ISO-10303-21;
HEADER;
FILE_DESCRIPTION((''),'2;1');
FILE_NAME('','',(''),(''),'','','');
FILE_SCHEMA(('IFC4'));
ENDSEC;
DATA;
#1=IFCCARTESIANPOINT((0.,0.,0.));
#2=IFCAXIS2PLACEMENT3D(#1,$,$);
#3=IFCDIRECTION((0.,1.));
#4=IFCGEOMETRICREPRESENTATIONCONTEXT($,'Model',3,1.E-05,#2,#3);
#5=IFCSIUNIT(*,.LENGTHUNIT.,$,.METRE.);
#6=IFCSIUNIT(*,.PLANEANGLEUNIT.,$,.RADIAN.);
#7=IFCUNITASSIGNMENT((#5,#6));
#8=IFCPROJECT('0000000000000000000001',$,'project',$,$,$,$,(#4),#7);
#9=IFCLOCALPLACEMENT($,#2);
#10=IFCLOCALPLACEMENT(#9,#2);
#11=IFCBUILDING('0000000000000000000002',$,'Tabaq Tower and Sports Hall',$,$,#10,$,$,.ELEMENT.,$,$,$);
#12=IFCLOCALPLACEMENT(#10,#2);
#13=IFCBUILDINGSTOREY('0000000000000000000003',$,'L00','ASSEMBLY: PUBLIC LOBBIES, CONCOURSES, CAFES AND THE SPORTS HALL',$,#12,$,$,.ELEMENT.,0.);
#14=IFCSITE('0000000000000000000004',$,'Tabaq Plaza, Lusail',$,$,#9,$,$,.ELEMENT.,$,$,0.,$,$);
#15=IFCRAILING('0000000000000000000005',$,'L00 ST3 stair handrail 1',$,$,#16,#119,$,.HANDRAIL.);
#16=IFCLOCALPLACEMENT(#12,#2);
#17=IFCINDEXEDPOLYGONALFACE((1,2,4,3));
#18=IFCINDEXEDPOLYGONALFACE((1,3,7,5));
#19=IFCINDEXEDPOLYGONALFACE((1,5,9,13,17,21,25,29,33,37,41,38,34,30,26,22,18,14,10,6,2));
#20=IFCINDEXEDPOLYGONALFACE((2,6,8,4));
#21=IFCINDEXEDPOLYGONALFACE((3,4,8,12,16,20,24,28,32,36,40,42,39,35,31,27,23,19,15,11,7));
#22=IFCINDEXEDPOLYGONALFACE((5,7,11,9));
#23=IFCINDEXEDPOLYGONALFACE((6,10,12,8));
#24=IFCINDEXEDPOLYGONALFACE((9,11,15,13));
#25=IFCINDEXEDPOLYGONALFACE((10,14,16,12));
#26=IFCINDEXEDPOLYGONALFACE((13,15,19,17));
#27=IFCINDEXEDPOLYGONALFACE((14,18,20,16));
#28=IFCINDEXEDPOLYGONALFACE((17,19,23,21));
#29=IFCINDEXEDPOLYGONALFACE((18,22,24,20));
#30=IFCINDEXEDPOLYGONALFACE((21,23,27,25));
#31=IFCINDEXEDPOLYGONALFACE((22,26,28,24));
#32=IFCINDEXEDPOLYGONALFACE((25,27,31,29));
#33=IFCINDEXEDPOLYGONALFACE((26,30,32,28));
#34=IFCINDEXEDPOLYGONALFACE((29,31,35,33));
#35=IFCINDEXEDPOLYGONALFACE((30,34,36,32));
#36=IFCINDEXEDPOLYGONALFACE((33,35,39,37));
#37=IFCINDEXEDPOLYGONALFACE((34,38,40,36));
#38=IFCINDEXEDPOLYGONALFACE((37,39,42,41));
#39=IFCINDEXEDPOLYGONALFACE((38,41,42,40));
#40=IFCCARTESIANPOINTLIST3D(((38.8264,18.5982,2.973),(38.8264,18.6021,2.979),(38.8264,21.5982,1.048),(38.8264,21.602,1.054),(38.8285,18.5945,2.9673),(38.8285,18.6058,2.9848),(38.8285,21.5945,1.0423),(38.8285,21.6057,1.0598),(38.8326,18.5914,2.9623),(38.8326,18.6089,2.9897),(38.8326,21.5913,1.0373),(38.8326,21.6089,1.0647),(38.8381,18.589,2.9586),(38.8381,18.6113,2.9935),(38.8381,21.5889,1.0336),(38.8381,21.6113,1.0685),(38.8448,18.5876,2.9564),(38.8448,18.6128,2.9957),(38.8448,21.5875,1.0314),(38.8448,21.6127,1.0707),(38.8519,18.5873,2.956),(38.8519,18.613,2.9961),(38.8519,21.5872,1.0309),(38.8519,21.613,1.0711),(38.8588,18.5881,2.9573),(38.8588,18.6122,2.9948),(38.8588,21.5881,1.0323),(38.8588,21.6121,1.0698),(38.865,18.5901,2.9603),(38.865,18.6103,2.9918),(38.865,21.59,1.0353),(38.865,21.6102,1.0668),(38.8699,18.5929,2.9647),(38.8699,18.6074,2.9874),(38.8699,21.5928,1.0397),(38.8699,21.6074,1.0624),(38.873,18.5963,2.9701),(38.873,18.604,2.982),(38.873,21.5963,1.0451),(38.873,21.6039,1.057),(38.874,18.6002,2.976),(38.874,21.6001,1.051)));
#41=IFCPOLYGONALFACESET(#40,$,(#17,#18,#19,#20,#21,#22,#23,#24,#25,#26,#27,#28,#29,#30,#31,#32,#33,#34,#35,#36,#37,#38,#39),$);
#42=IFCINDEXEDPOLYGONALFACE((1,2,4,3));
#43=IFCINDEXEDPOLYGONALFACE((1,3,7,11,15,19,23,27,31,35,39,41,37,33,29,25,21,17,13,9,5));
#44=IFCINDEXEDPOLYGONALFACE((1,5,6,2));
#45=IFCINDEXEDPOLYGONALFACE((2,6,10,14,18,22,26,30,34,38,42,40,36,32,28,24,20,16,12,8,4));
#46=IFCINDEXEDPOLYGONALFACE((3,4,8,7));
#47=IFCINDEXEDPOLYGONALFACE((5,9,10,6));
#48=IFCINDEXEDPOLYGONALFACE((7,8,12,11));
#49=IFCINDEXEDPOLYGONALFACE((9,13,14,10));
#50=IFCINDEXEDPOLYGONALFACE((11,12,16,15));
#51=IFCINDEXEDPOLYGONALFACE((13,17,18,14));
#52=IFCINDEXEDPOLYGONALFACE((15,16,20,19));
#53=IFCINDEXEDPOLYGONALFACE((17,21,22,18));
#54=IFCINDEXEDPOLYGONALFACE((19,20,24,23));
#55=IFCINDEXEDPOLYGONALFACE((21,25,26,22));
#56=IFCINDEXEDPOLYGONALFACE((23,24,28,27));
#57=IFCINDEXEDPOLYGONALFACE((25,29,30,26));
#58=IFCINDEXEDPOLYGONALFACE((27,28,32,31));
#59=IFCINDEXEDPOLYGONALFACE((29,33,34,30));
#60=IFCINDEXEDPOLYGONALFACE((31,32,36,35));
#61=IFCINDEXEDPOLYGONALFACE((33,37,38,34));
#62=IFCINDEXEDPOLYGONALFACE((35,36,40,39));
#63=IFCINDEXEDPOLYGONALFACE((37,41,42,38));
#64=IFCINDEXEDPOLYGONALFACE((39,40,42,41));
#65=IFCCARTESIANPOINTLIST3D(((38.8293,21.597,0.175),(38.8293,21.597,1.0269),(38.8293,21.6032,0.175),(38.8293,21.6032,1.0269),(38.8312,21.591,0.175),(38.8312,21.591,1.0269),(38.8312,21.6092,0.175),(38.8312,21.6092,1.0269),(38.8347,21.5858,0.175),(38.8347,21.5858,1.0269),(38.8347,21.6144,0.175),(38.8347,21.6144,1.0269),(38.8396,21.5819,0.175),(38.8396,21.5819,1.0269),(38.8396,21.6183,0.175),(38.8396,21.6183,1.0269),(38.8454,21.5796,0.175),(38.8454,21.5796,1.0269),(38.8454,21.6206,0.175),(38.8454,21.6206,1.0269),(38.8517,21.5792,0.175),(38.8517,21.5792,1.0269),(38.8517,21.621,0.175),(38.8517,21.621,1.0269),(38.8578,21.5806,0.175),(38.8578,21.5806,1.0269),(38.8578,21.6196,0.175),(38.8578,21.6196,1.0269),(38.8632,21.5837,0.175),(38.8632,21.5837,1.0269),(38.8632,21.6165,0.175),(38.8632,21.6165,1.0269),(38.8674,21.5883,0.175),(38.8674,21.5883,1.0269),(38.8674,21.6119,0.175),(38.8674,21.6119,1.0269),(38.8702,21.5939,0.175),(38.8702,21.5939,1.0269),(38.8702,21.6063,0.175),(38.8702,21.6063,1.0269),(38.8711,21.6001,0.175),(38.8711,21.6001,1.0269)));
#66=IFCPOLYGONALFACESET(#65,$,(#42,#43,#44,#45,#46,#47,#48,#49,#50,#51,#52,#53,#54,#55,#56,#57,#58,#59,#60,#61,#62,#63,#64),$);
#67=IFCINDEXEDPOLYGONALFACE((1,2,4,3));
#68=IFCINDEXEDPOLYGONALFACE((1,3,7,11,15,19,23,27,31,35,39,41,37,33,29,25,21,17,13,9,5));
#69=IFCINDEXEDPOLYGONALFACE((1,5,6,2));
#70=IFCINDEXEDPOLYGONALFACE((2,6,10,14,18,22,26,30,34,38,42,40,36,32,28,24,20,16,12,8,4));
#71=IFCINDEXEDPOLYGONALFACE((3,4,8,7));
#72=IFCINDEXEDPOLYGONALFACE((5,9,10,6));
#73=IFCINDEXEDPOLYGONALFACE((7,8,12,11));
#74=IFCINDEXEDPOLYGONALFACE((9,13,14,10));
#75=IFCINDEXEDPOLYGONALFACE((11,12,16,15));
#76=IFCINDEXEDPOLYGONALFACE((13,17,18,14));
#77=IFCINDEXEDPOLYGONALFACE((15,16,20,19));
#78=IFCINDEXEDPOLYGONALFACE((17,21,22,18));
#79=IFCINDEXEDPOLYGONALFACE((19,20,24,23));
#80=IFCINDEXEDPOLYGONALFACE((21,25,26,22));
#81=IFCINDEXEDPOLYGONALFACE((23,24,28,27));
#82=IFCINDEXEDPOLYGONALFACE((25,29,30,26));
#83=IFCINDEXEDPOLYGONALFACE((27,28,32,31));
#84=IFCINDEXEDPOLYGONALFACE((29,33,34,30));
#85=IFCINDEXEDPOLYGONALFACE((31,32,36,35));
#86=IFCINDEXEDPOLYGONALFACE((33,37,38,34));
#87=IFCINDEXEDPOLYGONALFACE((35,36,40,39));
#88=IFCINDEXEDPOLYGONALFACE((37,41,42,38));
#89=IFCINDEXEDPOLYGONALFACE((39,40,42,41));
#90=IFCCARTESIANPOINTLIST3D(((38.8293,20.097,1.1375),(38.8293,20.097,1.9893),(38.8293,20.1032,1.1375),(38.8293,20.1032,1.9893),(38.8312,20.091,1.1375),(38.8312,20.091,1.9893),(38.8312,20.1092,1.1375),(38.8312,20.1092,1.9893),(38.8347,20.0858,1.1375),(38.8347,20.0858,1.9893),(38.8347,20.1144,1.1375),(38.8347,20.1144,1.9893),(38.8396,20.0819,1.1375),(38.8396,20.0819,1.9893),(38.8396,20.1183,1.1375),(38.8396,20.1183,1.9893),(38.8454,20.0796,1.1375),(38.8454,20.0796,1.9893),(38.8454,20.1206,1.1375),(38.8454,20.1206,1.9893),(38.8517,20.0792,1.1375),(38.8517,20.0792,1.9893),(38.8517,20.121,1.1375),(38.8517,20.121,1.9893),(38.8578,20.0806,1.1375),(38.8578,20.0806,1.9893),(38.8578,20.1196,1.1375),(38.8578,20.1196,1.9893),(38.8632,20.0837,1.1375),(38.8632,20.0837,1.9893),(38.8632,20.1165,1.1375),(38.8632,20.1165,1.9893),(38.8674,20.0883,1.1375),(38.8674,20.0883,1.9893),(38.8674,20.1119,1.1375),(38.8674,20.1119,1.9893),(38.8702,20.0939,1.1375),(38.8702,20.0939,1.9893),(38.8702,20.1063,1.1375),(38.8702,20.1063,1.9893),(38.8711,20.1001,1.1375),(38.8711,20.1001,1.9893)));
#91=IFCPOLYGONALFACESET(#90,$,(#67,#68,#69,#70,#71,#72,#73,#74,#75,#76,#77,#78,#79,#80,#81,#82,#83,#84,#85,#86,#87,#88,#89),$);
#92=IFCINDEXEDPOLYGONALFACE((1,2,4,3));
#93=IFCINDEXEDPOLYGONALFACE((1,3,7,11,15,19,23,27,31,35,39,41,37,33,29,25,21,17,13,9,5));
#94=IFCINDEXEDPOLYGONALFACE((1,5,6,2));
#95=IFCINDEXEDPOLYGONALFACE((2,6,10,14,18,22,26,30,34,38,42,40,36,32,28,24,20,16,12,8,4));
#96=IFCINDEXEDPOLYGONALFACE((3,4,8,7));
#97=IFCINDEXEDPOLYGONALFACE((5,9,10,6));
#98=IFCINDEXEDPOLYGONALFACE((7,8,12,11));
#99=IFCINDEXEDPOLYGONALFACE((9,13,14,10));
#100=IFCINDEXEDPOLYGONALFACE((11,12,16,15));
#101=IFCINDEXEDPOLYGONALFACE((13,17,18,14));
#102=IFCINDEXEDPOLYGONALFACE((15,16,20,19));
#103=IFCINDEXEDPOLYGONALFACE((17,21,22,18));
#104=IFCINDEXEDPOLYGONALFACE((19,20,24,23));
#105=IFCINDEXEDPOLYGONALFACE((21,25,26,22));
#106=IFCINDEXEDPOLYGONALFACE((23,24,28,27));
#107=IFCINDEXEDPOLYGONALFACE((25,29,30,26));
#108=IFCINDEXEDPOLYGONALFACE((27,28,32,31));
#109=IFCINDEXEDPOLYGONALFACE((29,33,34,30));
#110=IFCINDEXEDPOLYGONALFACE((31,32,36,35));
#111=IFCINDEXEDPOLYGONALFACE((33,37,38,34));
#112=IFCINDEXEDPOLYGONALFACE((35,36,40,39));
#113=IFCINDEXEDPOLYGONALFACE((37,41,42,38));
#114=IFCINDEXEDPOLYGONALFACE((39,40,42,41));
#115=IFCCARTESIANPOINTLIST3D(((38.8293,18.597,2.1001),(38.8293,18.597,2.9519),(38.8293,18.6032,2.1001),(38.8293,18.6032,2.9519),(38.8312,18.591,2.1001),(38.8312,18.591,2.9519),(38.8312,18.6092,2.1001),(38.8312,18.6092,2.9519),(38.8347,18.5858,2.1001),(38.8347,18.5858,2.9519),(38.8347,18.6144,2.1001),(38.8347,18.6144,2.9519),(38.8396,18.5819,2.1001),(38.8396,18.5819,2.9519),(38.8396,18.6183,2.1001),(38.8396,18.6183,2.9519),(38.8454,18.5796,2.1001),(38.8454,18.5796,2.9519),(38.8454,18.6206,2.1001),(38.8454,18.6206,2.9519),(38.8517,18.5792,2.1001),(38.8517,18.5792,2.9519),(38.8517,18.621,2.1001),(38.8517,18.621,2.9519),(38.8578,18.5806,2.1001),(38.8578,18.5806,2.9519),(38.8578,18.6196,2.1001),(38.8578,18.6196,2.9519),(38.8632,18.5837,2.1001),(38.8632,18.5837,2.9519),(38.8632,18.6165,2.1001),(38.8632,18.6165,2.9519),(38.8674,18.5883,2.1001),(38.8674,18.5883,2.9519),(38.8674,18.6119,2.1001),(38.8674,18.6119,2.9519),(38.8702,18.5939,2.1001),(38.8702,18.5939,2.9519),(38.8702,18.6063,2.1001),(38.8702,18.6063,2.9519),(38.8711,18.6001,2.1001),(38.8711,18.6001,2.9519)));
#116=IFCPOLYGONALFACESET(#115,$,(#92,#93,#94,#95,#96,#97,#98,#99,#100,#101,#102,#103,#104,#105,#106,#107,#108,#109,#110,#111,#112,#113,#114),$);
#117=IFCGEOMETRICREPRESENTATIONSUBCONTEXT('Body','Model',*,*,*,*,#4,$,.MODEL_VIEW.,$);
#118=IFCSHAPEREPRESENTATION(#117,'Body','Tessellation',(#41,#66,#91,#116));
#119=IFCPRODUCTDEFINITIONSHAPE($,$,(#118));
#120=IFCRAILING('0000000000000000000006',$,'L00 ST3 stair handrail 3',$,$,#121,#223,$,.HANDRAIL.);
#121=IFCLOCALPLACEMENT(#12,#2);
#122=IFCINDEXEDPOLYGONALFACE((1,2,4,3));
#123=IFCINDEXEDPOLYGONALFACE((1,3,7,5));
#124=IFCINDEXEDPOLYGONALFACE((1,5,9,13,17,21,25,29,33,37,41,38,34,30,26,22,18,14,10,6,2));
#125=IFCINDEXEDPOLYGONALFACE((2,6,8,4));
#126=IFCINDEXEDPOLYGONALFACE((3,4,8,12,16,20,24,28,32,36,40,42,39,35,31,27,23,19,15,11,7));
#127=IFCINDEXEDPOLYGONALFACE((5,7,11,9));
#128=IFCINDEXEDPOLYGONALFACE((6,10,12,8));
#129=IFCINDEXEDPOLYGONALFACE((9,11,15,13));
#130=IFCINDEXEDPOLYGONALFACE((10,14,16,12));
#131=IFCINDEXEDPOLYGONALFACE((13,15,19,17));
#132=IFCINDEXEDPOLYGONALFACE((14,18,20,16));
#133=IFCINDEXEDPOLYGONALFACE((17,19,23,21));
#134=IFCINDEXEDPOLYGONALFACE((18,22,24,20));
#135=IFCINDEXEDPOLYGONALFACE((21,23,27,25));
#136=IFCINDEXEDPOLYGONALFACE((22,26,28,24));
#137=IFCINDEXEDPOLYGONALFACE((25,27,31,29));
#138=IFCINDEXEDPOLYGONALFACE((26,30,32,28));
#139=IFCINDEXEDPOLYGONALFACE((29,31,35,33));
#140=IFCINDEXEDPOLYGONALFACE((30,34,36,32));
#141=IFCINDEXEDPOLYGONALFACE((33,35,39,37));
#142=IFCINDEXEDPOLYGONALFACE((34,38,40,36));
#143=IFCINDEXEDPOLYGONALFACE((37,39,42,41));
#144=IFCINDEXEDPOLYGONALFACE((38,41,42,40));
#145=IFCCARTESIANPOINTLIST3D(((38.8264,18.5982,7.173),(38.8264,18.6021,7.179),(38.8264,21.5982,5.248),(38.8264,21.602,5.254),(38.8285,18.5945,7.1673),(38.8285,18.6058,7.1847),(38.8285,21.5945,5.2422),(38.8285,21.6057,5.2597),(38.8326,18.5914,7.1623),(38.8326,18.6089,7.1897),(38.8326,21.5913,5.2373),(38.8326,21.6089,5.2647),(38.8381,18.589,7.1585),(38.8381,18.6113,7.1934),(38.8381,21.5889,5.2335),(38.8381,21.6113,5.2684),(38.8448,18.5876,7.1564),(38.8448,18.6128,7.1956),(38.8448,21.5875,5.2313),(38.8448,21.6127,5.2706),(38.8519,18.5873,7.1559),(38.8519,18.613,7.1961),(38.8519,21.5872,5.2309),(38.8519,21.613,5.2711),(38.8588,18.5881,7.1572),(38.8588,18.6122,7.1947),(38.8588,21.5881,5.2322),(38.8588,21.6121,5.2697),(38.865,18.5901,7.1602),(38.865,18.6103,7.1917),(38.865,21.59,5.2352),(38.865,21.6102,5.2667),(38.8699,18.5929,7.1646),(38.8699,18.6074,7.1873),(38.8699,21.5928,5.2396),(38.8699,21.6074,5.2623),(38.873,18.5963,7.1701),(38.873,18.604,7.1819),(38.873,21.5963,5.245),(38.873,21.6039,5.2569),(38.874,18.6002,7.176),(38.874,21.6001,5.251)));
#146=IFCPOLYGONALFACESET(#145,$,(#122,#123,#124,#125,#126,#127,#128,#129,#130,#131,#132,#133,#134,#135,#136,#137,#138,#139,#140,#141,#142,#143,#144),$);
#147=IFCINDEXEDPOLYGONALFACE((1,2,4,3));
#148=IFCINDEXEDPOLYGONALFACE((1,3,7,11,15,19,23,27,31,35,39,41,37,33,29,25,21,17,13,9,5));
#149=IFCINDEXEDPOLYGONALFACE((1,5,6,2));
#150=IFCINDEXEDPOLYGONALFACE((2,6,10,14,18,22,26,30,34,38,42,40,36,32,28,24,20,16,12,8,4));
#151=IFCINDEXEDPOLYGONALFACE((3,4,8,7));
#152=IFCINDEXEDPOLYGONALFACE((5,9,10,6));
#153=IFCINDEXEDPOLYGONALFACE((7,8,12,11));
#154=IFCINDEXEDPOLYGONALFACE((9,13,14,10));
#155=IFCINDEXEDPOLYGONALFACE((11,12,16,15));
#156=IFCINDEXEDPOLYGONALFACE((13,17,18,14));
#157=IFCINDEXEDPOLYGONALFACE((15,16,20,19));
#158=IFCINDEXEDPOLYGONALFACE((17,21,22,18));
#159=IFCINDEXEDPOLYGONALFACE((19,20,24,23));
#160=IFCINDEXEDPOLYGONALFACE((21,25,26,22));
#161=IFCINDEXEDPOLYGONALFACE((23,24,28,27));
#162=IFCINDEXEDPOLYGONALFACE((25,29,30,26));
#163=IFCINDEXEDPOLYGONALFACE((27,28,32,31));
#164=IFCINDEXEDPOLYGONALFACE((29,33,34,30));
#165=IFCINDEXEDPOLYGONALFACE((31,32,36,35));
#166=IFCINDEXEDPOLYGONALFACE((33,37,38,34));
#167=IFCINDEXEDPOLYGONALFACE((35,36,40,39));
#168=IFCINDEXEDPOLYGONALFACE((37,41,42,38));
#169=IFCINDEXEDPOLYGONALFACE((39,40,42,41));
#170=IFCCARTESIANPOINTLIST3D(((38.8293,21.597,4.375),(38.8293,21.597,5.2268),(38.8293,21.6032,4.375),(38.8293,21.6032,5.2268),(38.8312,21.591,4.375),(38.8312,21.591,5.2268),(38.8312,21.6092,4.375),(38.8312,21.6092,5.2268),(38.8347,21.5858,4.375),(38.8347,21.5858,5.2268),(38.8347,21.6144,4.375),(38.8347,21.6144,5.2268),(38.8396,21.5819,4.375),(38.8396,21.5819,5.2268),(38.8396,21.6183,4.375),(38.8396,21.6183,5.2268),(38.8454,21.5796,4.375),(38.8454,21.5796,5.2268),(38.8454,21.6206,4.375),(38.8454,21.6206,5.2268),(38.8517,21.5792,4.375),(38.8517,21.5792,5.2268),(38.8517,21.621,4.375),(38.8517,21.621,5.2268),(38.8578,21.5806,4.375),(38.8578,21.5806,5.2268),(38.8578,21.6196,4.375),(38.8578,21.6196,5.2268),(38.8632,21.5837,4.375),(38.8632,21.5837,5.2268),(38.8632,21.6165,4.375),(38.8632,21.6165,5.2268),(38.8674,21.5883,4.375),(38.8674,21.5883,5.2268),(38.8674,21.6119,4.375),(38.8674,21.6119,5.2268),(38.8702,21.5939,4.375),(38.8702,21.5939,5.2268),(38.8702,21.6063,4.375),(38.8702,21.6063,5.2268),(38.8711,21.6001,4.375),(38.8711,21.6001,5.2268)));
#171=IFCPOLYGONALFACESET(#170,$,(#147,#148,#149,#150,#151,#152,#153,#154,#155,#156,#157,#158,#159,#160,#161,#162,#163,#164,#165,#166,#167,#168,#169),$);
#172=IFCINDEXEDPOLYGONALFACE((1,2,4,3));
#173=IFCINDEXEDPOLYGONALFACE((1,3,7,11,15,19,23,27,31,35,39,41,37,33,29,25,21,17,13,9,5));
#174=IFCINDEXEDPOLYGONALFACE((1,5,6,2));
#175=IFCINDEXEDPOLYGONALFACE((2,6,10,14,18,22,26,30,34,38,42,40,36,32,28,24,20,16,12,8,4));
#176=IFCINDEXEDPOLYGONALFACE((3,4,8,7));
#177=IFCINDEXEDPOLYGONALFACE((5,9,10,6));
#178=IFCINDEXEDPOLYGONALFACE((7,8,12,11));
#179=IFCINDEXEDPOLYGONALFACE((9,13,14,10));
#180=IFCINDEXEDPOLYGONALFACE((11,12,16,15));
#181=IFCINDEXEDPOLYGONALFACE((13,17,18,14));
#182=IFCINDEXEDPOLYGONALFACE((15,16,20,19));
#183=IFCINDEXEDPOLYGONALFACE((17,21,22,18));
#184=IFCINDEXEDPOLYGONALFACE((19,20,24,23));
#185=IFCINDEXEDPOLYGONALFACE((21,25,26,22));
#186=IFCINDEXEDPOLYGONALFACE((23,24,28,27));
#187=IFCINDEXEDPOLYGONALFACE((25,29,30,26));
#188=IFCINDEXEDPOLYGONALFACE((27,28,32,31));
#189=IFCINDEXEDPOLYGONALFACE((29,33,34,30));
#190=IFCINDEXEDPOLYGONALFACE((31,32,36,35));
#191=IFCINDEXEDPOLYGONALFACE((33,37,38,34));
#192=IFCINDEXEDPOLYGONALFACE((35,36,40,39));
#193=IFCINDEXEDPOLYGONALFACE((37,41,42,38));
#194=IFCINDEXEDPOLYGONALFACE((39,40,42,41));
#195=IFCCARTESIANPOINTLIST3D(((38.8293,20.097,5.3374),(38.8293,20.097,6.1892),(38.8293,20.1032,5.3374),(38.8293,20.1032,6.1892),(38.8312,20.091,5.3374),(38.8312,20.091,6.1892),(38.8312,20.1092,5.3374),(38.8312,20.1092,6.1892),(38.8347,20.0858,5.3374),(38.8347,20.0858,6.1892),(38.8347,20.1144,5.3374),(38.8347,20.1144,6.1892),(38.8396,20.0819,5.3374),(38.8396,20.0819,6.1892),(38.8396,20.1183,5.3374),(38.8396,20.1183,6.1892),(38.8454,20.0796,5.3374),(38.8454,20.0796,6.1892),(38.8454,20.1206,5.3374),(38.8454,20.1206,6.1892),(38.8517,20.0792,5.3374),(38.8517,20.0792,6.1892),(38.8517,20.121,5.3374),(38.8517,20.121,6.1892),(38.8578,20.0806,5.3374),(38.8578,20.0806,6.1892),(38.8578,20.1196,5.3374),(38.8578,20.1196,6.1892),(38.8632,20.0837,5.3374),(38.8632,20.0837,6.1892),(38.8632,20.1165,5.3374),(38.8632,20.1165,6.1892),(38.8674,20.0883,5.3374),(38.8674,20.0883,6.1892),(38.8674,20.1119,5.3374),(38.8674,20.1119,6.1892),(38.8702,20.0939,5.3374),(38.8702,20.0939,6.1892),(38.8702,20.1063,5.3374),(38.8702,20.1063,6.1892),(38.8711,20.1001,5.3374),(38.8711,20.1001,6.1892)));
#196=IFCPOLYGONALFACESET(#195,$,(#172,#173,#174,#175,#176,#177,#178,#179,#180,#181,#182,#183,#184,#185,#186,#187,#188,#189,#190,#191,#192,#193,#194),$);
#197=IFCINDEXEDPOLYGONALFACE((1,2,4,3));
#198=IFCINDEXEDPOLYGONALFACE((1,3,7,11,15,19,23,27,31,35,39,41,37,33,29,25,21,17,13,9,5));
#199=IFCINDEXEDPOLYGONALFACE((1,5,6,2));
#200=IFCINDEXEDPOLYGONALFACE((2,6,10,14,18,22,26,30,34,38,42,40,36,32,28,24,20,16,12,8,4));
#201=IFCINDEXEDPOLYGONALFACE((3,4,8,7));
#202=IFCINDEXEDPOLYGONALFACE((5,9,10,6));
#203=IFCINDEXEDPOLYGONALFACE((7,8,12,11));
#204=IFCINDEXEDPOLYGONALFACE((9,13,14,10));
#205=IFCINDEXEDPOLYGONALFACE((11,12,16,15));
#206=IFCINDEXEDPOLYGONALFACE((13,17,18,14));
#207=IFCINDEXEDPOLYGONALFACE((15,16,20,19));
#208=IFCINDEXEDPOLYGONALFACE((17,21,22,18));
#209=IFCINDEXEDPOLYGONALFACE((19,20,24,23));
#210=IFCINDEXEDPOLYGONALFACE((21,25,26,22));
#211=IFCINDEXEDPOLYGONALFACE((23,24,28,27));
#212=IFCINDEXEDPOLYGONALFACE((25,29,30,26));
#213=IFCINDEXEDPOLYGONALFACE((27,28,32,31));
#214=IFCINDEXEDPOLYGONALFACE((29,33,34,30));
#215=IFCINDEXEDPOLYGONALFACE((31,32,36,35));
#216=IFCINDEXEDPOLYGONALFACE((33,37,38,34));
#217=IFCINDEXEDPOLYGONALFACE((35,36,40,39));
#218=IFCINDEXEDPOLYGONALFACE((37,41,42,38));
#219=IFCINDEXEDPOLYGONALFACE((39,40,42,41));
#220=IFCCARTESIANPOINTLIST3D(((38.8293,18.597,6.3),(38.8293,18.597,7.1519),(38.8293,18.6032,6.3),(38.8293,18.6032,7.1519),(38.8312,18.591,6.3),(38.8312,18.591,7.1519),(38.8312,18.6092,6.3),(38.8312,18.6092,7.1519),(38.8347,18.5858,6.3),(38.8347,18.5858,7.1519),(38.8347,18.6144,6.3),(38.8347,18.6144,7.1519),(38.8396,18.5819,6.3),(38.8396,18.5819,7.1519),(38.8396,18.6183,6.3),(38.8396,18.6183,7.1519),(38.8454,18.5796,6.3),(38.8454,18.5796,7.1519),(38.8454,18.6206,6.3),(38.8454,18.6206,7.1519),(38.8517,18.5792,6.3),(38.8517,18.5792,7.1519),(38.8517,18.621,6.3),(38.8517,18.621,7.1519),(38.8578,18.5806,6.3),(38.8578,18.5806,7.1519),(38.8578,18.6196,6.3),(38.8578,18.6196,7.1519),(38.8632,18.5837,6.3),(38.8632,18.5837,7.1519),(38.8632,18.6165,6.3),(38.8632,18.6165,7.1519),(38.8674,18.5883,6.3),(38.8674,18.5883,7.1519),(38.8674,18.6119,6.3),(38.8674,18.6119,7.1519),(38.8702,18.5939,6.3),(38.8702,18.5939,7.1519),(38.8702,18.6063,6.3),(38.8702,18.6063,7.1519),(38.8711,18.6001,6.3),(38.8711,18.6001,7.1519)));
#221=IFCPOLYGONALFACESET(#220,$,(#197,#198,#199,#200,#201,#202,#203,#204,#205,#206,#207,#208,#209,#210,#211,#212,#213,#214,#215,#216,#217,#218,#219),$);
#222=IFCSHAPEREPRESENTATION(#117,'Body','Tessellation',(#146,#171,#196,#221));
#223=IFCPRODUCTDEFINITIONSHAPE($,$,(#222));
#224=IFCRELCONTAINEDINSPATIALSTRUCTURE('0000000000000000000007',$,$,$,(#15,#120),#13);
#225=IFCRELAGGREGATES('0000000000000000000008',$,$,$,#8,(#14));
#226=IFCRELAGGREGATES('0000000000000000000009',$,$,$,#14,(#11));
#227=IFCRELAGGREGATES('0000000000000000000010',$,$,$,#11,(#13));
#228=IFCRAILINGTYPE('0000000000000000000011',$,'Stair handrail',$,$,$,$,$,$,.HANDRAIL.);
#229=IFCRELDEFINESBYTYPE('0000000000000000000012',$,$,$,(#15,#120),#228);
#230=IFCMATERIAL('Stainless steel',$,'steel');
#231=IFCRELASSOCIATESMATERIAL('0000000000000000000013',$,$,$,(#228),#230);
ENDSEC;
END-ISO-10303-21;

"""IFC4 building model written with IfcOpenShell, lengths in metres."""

from ifc_helpers import new_model, si_unit, direction, frame, origin, origin_2d, place, context, subcontext, project, spatial, circle, extrude, material, type_object, element, save


model = new_model("IFC4")

# Units and contexts
model_context = context("Model", 3, precision=1e-05, world=origin(), true_north=direction((0.0, 1.0)))
body_context = subcontext(model_context, "Body", "Model", "MODEL_VIEW")
ifc_project = project(units=[si_unit("LENGTHUNIT", "METRE"), si_unit("PLANEANGLEUNIT", "RADIAN")], contexts=[model_context])

# Site, building, storey
site_placement = place(None, origin())
site = spatial("IfcSite", under=ifc_project, at=site_placement, Name="Tabaq Plaza, Lusail", CompositionType="ELEMENT", RefElevation=0.0)
building_placement = place(site_placement, origin())
building = spatial("IfcBuilding", under=site, at=building_placement, Name="Tabaq Tower and Sports Hall", CompositionType="ELEMENT")
storey_placement = place(building_placement, origin())
storey = spatial("IfcBuildingStorey", under=building, at=storey_placement, Name="L00", Description="ASSEMBLY: PUBLIC LOBBIES, CONCOURSES, CAFES AND THE SPORTS HALL", CompositionType="ELEMENT", Elevation=0.0)

# Railings
ifc_material_1 = material(Name="Stainless steel", Category="steel")
railing_type_1 = type_object("IfcRailingType", Name="Stair handrail", PredefinedType="HANDRAIL", material=ifc_material_1)
for number, where, name in (
    (1, (38.8501, 21.6001, 0.175), "L00 ST3 stair handrail 1"),
    (2, (38.8501, 21.6001, 4.375), "L00 ST3 stair handrail 3"),
):
    element("IfcRailing", number, at=place(storey_placement, frame(where)), inside=storey, type_object=railing_type_1, Name=name, PredefinedType="HANDRAIL", context=body_context, shape_type="SweptSolid", body=[
        extrude(circle(Radius=0.0239, at=origin_2d()), frame((0.0, 0.0, 0.876), z_axis=(0.0, -0.841628, 0.540058), x_axis=(1.0, 0.0, 0.0)), (0.0, 0.0, 1.0), 3.5645),
        extrude(circle(Radius=0.021, at=origin_2d()), origin(), (0.0, 0.0, 1.0), 0.8518),
        extrude(circle(Radius=0.021, at=origin_2d()), frame((0.0, -1.5, 0.9624)), (0.0, 0.0, 1.0), 0.8518),
        extrude(circle(Radius=0.021, at=origin_2d()), frame((0.0, -3.0, 1.925)), (0.0, 0.0, 1.0), 0.8518),
    ])

save(model, "model.ifc")
